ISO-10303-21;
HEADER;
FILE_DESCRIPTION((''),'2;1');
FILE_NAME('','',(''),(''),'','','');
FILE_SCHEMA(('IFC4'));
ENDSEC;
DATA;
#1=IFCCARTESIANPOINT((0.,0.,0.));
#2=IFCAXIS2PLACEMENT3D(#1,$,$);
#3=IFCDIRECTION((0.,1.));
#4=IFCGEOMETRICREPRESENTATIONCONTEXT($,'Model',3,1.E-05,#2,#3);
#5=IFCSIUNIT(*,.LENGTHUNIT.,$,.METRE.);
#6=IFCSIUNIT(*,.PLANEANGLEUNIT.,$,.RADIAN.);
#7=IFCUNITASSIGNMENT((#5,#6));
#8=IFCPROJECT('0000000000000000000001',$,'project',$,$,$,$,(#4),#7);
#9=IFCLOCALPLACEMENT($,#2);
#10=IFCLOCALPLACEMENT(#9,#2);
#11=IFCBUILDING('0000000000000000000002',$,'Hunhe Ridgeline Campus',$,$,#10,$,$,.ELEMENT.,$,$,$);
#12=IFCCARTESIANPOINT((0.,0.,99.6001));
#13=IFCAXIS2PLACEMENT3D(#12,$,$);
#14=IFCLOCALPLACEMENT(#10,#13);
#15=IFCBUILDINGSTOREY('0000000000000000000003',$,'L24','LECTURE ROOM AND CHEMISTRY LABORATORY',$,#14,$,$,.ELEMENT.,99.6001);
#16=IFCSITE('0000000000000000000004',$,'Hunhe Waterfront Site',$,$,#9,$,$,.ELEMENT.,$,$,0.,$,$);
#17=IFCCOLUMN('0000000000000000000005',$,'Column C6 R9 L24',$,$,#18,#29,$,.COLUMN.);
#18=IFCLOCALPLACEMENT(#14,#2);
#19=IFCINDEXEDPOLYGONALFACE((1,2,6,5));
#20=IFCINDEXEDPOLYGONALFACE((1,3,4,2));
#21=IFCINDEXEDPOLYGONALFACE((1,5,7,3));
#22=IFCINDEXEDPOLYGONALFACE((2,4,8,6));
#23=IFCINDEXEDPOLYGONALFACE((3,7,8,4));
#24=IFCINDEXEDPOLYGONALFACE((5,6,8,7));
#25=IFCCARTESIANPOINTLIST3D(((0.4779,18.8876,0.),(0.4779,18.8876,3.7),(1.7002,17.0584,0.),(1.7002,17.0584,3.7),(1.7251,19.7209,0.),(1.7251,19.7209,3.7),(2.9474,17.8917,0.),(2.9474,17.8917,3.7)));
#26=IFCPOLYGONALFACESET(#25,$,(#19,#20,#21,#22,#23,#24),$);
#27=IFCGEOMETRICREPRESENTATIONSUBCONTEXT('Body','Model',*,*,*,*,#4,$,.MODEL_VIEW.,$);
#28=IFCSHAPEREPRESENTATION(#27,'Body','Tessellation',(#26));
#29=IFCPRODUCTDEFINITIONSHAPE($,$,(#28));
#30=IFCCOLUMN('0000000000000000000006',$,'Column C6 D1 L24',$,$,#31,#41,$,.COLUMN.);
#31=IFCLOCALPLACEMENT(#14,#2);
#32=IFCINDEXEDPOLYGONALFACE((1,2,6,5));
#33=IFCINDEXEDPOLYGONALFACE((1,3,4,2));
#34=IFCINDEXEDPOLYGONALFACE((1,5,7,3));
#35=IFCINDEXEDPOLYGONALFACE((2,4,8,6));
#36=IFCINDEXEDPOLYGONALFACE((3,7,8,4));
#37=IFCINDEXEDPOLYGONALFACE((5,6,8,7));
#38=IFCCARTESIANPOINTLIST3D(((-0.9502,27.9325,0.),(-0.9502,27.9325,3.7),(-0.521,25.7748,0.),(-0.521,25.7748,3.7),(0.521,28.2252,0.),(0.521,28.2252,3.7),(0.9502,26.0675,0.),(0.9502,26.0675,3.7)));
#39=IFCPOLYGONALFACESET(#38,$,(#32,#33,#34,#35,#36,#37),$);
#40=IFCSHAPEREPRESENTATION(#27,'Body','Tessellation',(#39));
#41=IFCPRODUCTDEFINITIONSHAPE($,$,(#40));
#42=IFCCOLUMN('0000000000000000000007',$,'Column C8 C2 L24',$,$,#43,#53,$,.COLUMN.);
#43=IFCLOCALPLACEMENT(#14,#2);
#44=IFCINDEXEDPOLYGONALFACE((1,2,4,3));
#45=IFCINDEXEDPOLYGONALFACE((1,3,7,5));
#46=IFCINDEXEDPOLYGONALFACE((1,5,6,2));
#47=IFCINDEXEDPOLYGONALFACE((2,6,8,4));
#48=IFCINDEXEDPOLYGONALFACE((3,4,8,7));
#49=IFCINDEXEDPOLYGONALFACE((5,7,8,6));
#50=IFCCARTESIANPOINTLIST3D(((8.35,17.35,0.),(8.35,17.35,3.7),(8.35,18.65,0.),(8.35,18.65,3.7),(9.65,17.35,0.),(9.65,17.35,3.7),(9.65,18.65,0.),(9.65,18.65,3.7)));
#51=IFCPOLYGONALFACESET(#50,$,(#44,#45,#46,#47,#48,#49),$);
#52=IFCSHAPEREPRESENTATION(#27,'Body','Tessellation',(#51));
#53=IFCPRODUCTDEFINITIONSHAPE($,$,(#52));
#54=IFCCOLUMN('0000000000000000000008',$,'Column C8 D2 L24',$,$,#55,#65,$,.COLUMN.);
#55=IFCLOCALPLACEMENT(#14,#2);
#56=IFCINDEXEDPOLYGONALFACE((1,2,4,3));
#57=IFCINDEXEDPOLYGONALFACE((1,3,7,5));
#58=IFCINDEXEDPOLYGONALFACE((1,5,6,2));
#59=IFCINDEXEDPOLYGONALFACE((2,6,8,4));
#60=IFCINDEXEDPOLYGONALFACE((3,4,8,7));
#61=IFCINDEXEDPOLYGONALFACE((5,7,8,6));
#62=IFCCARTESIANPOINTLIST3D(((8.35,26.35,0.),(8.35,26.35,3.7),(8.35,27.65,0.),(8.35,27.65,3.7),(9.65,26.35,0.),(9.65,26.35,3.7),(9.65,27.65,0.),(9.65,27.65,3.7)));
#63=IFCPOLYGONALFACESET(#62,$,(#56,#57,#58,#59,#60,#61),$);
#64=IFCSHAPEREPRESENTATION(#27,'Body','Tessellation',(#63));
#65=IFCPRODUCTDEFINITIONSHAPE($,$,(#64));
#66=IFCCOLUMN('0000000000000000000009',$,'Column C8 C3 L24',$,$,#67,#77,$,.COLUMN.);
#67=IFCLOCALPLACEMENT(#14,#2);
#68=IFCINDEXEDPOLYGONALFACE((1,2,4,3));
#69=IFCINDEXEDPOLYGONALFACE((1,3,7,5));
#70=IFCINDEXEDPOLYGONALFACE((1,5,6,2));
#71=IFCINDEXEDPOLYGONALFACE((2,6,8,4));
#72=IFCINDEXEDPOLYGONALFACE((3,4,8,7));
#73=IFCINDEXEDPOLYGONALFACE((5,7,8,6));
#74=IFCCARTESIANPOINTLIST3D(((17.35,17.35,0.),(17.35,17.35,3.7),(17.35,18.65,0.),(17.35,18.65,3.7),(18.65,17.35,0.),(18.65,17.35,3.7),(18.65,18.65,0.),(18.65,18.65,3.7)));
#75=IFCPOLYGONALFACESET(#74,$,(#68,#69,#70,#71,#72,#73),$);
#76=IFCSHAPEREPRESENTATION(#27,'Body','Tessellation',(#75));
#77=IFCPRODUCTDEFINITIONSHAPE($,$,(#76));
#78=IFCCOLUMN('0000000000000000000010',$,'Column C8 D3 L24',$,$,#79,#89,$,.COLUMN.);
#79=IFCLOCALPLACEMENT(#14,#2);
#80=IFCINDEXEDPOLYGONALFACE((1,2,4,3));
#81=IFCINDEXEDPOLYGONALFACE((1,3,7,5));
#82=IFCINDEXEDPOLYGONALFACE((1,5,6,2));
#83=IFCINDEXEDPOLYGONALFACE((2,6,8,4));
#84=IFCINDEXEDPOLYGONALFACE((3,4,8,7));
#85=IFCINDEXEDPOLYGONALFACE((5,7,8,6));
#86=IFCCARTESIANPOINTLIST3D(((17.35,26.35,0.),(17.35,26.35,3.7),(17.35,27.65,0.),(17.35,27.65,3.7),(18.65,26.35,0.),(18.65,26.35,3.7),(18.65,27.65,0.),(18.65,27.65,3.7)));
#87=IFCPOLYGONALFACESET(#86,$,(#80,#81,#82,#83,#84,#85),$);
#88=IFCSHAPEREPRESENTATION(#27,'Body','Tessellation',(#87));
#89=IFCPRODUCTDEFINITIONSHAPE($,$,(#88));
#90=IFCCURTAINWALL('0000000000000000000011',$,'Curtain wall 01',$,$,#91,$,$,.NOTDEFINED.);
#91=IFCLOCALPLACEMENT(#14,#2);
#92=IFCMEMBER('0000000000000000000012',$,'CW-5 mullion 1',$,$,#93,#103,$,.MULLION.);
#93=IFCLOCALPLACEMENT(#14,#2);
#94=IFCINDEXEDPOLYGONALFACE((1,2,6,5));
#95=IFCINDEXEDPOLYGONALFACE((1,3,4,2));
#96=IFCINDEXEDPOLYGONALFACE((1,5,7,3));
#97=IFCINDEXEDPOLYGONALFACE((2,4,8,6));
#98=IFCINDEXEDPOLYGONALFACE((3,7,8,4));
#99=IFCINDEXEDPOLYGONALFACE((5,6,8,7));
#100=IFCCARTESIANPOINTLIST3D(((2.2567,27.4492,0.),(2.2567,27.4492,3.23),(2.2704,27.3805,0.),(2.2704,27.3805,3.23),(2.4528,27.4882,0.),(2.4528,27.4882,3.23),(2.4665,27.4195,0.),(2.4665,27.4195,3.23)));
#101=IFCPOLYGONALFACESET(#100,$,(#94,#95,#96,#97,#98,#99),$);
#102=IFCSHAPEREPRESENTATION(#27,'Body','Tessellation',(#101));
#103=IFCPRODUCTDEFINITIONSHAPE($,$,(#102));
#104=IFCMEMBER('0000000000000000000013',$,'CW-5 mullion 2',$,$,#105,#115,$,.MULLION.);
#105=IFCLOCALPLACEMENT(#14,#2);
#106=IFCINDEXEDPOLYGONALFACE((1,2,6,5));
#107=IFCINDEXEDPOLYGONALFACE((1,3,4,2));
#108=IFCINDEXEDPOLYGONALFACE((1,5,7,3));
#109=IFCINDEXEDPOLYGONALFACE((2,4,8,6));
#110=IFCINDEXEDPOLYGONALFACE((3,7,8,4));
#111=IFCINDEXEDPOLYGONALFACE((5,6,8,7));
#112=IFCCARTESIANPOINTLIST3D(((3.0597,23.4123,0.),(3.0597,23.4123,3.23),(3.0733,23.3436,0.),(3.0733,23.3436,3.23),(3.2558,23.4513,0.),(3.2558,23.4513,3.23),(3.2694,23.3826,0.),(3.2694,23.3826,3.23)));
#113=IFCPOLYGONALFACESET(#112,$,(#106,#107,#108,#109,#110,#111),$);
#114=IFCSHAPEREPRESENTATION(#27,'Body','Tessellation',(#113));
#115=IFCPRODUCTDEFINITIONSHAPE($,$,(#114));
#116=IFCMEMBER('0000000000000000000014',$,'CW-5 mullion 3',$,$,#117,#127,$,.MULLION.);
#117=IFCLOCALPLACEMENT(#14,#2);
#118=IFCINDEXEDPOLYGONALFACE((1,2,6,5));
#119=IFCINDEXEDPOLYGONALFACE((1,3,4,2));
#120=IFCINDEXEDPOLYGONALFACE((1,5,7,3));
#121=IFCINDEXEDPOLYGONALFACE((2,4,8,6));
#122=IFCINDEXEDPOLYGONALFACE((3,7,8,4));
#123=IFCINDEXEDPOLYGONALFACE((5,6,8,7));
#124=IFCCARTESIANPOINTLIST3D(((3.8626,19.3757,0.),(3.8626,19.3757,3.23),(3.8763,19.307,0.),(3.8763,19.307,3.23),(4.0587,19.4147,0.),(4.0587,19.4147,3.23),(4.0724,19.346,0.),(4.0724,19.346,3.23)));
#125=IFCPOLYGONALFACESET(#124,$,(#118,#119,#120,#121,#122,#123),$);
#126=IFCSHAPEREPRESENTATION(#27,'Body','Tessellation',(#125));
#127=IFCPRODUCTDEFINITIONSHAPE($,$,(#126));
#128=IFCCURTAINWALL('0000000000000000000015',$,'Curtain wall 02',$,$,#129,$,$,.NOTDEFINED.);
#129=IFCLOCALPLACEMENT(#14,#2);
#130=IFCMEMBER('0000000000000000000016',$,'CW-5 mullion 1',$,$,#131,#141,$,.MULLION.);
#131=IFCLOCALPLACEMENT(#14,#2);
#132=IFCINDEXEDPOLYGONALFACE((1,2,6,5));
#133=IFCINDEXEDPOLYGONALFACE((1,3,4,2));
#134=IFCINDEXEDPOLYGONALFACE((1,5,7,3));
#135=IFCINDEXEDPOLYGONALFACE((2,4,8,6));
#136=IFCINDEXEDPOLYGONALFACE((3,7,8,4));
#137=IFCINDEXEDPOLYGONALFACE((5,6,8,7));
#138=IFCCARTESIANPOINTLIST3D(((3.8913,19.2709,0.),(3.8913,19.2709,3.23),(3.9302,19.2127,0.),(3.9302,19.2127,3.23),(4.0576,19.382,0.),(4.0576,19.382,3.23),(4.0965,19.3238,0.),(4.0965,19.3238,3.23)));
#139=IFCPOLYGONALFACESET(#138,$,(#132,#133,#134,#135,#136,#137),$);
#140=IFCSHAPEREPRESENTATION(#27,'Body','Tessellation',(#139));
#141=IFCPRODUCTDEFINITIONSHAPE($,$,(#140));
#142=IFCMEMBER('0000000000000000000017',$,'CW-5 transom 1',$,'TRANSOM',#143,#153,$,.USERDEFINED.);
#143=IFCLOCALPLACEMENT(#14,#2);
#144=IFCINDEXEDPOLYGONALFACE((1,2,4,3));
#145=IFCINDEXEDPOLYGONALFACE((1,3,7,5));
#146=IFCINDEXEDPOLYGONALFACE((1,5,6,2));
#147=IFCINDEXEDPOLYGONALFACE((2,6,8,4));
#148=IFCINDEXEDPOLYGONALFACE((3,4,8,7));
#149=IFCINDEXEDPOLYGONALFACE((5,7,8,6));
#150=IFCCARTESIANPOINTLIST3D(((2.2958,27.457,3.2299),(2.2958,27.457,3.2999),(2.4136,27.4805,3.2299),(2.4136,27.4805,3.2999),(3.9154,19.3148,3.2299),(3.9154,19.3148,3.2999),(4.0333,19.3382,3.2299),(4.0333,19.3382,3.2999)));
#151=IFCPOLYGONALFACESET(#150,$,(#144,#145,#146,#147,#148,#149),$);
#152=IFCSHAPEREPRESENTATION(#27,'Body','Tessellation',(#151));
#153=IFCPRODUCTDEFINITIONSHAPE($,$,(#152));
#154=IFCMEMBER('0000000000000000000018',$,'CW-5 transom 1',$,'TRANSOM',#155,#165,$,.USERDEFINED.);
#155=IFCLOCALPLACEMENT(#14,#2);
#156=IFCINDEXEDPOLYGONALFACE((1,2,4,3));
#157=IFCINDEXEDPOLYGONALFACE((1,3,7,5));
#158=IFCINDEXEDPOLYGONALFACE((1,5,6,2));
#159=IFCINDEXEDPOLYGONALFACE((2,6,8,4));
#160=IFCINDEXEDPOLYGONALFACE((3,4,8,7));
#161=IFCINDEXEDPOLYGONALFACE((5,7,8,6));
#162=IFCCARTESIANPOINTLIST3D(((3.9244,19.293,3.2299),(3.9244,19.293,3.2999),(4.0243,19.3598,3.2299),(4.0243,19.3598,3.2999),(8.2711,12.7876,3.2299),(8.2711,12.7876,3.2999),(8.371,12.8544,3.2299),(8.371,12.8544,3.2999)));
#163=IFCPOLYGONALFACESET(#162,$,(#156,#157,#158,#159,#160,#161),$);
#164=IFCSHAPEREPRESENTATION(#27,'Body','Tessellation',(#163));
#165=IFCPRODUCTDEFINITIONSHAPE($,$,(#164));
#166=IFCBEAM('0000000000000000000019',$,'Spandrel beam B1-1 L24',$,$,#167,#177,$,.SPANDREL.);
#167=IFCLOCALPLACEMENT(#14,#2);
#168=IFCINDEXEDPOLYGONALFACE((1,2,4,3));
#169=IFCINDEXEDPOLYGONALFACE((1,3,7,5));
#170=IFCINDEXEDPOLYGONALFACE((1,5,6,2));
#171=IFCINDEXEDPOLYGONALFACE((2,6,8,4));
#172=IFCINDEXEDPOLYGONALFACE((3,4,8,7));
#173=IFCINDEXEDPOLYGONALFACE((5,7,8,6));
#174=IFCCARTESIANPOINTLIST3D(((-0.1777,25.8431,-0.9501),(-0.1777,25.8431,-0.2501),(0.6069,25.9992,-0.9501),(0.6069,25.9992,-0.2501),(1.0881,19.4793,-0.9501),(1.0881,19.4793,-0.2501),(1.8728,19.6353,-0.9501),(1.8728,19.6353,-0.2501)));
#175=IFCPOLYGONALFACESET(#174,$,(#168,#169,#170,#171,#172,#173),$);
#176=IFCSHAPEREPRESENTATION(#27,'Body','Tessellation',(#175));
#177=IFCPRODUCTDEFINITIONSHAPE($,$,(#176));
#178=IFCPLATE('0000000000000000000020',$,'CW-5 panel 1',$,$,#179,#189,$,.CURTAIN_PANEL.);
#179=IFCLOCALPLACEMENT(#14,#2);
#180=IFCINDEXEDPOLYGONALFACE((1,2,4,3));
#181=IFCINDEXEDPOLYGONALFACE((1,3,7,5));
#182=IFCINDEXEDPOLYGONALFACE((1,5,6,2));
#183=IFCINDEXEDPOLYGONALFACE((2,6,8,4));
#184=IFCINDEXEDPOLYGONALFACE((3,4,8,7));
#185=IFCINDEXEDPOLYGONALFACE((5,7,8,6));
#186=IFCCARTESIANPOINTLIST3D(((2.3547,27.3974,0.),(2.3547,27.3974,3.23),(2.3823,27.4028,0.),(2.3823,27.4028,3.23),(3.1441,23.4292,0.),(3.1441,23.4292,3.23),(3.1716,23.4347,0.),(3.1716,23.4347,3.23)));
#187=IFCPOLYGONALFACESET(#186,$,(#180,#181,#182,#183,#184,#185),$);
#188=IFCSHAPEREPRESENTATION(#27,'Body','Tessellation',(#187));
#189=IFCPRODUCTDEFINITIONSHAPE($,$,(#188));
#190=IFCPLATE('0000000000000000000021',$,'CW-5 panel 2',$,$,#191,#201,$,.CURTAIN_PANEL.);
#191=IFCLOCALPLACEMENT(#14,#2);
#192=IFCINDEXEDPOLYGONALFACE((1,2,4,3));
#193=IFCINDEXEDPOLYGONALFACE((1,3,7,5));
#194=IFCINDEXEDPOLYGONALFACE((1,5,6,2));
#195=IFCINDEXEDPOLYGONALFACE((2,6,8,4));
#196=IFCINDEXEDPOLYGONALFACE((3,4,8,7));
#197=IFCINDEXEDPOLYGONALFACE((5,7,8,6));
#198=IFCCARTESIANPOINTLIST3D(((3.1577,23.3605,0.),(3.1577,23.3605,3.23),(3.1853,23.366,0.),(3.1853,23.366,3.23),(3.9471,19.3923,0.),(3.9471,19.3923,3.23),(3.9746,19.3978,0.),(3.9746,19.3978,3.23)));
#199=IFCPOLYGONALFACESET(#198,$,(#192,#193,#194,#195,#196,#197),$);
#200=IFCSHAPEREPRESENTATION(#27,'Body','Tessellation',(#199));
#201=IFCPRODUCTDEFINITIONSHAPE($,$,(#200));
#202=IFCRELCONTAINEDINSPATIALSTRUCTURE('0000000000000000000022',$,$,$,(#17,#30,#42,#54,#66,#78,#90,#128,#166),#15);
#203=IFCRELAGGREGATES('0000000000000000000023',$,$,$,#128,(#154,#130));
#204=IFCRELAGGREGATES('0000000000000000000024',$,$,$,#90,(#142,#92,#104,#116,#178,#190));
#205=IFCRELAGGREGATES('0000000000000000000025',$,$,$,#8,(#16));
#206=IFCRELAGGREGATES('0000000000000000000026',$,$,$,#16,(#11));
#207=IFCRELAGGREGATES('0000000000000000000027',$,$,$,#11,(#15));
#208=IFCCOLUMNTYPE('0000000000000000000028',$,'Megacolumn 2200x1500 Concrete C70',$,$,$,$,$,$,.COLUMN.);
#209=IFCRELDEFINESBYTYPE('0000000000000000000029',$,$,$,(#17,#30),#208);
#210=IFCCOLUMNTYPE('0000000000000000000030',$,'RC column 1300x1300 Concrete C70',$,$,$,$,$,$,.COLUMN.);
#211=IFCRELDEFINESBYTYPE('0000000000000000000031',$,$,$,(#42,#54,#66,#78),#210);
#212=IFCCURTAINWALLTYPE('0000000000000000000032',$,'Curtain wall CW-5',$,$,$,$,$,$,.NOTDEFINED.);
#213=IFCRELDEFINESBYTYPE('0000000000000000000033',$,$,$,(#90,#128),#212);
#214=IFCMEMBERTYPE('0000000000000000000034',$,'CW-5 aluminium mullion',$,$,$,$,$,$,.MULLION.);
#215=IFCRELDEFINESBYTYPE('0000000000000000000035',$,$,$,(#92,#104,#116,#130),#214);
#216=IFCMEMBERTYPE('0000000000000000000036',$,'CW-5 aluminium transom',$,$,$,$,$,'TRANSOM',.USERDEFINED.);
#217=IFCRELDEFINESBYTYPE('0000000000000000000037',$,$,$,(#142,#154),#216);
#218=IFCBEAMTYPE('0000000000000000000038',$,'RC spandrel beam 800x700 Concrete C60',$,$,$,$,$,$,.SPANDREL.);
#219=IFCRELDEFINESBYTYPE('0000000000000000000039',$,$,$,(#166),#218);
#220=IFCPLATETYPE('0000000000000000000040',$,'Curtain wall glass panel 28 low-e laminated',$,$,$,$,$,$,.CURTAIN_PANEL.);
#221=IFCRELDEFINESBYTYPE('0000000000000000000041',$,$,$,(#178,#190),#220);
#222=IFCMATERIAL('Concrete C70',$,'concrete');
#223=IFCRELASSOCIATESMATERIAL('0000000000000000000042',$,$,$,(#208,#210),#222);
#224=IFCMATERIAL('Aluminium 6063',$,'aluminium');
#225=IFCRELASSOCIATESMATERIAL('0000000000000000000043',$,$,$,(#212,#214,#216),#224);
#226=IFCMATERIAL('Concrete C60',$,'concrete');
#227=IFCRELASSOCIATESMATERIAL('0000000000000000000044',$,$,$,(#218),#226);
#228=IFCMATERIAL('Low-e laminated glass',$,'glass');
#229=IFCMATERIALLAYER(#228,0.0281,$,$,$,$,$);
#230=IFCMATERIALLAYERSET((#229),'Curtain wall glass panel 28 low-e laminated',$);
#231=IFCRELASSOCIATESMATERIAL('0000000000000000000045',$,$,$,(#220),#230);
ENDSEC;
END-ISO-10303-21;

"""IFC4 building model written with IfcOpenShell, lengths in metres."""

from ifc_helpers import new_model, si_unit, direction, frame, origin, origin_2d, place, context, subcontext, project, spatial, rectangle, extrude, material, layer, layer_set, material_profile, profile_set, type_object, element, aggregate, save


model = new_model("IFC4")

# Units and contexts
model_context = context("Model", 3, precision=1e-05, world=origin(), true_north=direction((0.0, 1.0)))
body_context = subcontext(model_context, "Body", "Model", "MODEL_VIEW")
ifc_project = project(units=[si_unit("LENGTHUNIT", "METRE"), si_unit("PLANEANGLEUNIT", "RADIAN")], contexts=[model_context])

# Site, building, storey
site_placement = place(None, origin())
site = spatial("IfcSite", under=ifc_project, at=site_placement, Name="Hunhe Waterfront Site", CompositionType="ELEMENT", RefElevation=0.0)
building_placement = place(site_placement, origin())
building = spatial("IfcBuilding", under=site, at=building_placement, Name="Hunhe Ridgeline Campus", CompositionType="ELEMENT")
storey_placement = place(building_placement, frame((0.0, 0.0, 99.6001)))
storey = spatial("IfcBuildingStorey", under=building, at=storey_placement, Name="L24", Description="LECTURE ROOM AND CHEMISTRY LABORATORY", CompositionType="ELEMENT", Elevation=99.6001)

# Columns
ifc_material_1 = material(Name="Concrete C70", Category="concrete")
ifc_material_profile_1 = material_profile(ifc_material_1, rectangle(XDim=2.2, YDim=1.5, at=origin_2d()))
ifc_profile_set_1 = profile_set([ifc_material_profile_1], Name="Concrete C70")
column_type_1 = type_object("IfcColumnType", Name="Megacolumn 2200x1500 Concrete C70", PredefinedType="COLUMN", material=ifc_profile_set_1)
for number, where, z_axis, x_axis, name in (
    (1, (1.7126, 18.3896, 0.0), (0.0, 0.0, 1.0), (-0.55557, 0.83147, 0.0), "Column C6 R9 L24"),
    (2, (0.0, 27.0, 0.0), (0.0, 0.0, 1.0), (-0.19509, 0.980785, 0.0), "Column C6 D1 L24"),
):
    element("IfcColumn", number, at=place(storey_placement, frame(where, z_axis=z_axis, x_axis=x_axis)), inside=storey, type_object=column_type_1, Name=name, PredefinedType="COLUMN", context=body_context, shape_type="SweptSolid", body=[
        extrude(rectangle(XDim=2.2, YDim=1.5, at=origin_2d()), origin(), (0.0, 0.0, 1.0), 3.7),
    ])
ifc_material_profile_2 = material_profile(ifc_material_1, rectangle(XDim=1.3, YDim=1.3, at=origin_2d()))
ifc_profile_set_2 = profile_set([ifc_material_profile_2], Name="Concrete C70")
column_type_2 = type_object("IfcColumnType", Name="RC column 1300x1300 Concrete C70", PredefinedType="COLUMN", material=ifc_profile_set_2)
for number, where, z_axis, x_axis, name in (
    (3, (9.0, 18.0, 0.0), (0.0, 0.0, 1.0), (1.0, 0.0, 0.0), "Column C8 C2 L24"),
    (4, (9.0, 27.0, 0.0), (0.0, 0.0, 1.0), (1.0, 0.0, 0.0), "Column C8 D2 L24"),
    (5, (18.0, 18.0, 0.0), (0.0, 0.0, 1.0), (1.0, 0.0, 0.0), "Column C8 C3 L24"),
    (6, (18.0, 27.0, 0.0), (0.0, 0.0, 1.0), (1.0, 0.0, 0.0), "Column C8 D3 L24"),
):
    element("IfcColumn", number, at=place(storey_placement, frame(where, z_axis=z_axis, x_axis=x_axis)), inside=storey, type_object=column_type_2, Name=name, PredefinedType="COLUMN", context=body_context, shape_type="SweptSolid", body=[
        extrude(rectangle(XDim=1.3, YDim=1.3, at=origin_2d()), origin(), (0.0, 0.0, 1.0), 3.7),
    ])

# Curtain wall, members
ifc_material_2 = material(Name="Aluminium 6063", Category="aluminium")
curtain_wall_type = type_object("IfcCurtainWallType", Name="Curtain wall CW-5", PredefinedType="NOTDEFINED", material=ifc_material_2)
curtain_wall_1_placement = place(storey_placement, origin())
curtain_wall_1 = element("IfcCurtainWall", 7, at=curtain_wall_1_placement, inside=storey, type_object=curtain_wall_type, Name="Curtain wall 01", PredefinedType="NOTDEFINED")
ifc_material_profile_3 = material_profile(ifc_material_2, rectangle(XDim=0.2, YDim=0.0701, at=origin_2d()))
ifc_profile_set_3 = profile_set([ifc_material_profile_3], Name="Aluminium 6063")
member_type_1 = type_object("IfcMemberType", Name="CW-5 aluminium mullion", PredefinedType="MULLION", material=ifc_profile_set_3)
member_1_placement = place(storey_placement, frame((2.3616, 27.4343, 0.0), z_axis=(0.0, 0.0, 1.0), x_axis=(0.980784, 0.195095, 0.0)))
member_1 = element("IfcMember", 8, at=member_1_placement, type_object=member_type_1, Name="CW-5 mullion 1", PredefinedType="MULLION", context=body_context, shape_type="SweptSolid", body=[
    extrude(rectangle(XDim=0.2, YDim=0.0701, at=origin_2d()), origin(), (0.0, 0.0, 1.0), 3.23),
])
member_2_placement = place(storey_placement, frame((3.1646, 23.3975, 0.0), z_axis=(0.0, 0.0, 1.0), x_axis=(0.980784, 0.195095, 0.0)))
member_2 = element("IfcMember", 9, at=member_2_placement, type_object=member_type_1, Name="CW-5 mullion 2", PredefinedType="MULLION", context=body_context, shape_type="SweptSolid", body=[
    extrude(rectangle(XDim=0.2, YDim=0.0701, at=origin_2d()), origin(), (0.0, 0.0, 1.0), 3.23),
])
member_3_placement = place(storey_placement, frame((3.9675, 19.3608, 0.0), z_axis=(0.0, 0.0, 1.0), x_axis=(0.980784, 0.195095, 0.0)))
member_3 = element("IfcMember", 10, at=member_3_placement, type_object=member_type_1, Name="CW-5 mullion 3", PredefinedType="MULLION", context=body_context, shape_type="SweptSolid", body=[
    extrude(rectangle(XDim=0.2, YDim=0.0701, at=origin_2d()), origin(), (0.0, 0.0, 1.0), 3.23),
])

# Curtain wall, member
curtain_wall_2_placement = place(storey_placement, origin())
curtain_wall_2 = element("IfcCurtainWall", 11, at=curtain_wall_2_placement, inside=storey, type_object=curtain_wall_type, Name="Curtain wall 02", PredefinedType="NOTDEFINED")
member_4_placement = place(storey_placement, frame((3.9939, 19.2974, 0.0), z_axis=(0.0, 0.0, 1.0), x_axis=(0.83147, 0.55557, 0.0)))
member_4 = element("IfcMember", 12, at=member_4_placement, type_object=member_type_1, Name="CW-5 mullion 1", PredefinedType="MULLION", context=body_context, shape_type="SweptSolid", body=[
    extrude(rectangle(XDim=0.2, YDim=0.0701, at=origin_2d()), origin(), (0.0, 0.0, 1.0), 3.23),
])

# Members
ifc_material_profile_4 = material_profile(ifc_material_2, rectangle(XDim=0.1201, YDim=0.0701, at=origin_2d()))
ifc_profile_set_4 = profile_set([ifc_material_profile_4], Name="Aluminium 6063")
member_type_2 = type_object("IfcMemberType", Name="CW-5 aluminium transom", ElementType="TRANSOM", PredefinedType="USERDEFINED", material=ifc_profile_set_4)
member_5_placement = place(storey_placement, frame((2.3547, 27.4688, 3.2649), z_axis=(0.195092, -0.980785, 0.0), x_axis=(0.980785, 0.195092, 0.0)))
member_5 = element("IfcMember", 13, at=member_5_placement, type_object=member_type_2, Name="CW-5 transom 1", ObjectType="TRANSOM", PredefinedType="USERDEFINED", context=body_context, shape_type="SweptSolid", body=[
    extrude(rectangle(XDim=0.1201, YDim=0.0701, at=origin_2d()), origin(), (0.0, 0.0, 1.0), 8.3018),
])
member_6_placement = place(storey_placement, frame((3.9744, 19.3264, 3.2649), z_axis=(0.555564, -0.831474, 0.0), x_axis=(0.831474, 0.555564, 0.0)))
member_6 = element("IfcMember", 14, at=member_6_placement, type_object=member_type_2, Name="CW-5 transom 1", ObjectType="TRANSOM", PredefinedType="USERDEFINED", context=body_context, shape_type="SweptSolid", body=[
    extrude(rectangle(XDim=0.1201, YDim=0.0701, at=origin_2d()), origin(), (0.0, 0.0, 1.0), 7.824),
])
aggregate(curtain_wall_2, [member_6, member_4])

# Beam
ifc_material_3 = material(Name="Concrete C60", Category="concrete")
ifc_material_profile_5 = material_profile(ifc_material_3, rectangle(XDim=0.8, YDim=0.7, at=origin_2d()))
ifc_profile_set_5 = profile_set([ifc_material_profile_5], Name="Concrete C60")
beam_type = type_object("IfcBeamType", Name="RC spandrel beam 800x700 Concrete C60", PredefinedType="SPANDREL", material=ifc_profile_set_5)
beam_placement = place(storey_placement, frame((0.2146, 25.9211, -0.6001), z_axis=(0.195096, -0.980784, 0.0), x_axis=(0.980784, 0.195096, 0.0)))
element("IfcBeam", 15, at=beam_placement, inside=storey, type_object=beam_type, Name="Spandrel beam B1-1 L24", PredefinedType="SPANDREL", context=body_context, shape_type="SweptSolid", body=[
    extrude(rectangle(XDim=0.8, YDim=0.7, at=origin_2d()), origin(), (0.0, 0.0, 1.0), 6.4885),
])

# Plates
ifc_material_4 = material(Name="Low-e laminated glass", Category="glass")
ifc_layer_1 = layer(ifc_material_4, 0.0281)
ifc_layer_set_1 = layer_set([ifc_layer_1], Name="Curtain wall glass panel 28 low-e laminated")
plate_type = type_object("IfcPlateType", Name="Curtain wall glass panel 28 low-e laminated", PredefinedType="CURTAIN_PANEL", material=ifc_layer_set_1)
plate_1_placement = place(storey_placement, frame((2.7632, 25.416, 0.0), z_axis=(0.0, 0.0, 1.0), x_axis=(0.195095, -0.980784, 0.0)))
plate_1 = element("IfcPlate", 16, at=plate_1_placement, type_object=plate_type, Name="CW-5 panel 1", PredefinedType="CURTAIN_PANEL", context=body_context, shape_type="SweptSolid", body=[
    extrude(rectangle(XDim=4.0459, YDim=0.0281, at=origin_2d()), origin(), (0.0, 0.0, 1.0), 3.23),
])
plate_2_placement = place(storey_placement, frame((3.5662, 21.3792, 0.0), z_axis=(0.0, 0.0, 1.0), x_axis=(0.195095, -0.980784, 0.0)))
plate_2 = element("IfcPlate", 17, at=plate_2_placement, type_object=plate_type, Name="CW-5 panel 2", PredefinedType="CURTAIN_PANEL", context=body_context, shape_type="SweptSolid", body=[
    extrude(rectangle(XDim=4.0459, YDim=0.0281, at=origin_2d()), origin(), (0.0, 0.0, 1.0), 3.23),
])
aggregate(curtain_wall_1, [member_5, member_1, member_2, member_3, plate_1, plate_2])

save(model, "model.ifc")
